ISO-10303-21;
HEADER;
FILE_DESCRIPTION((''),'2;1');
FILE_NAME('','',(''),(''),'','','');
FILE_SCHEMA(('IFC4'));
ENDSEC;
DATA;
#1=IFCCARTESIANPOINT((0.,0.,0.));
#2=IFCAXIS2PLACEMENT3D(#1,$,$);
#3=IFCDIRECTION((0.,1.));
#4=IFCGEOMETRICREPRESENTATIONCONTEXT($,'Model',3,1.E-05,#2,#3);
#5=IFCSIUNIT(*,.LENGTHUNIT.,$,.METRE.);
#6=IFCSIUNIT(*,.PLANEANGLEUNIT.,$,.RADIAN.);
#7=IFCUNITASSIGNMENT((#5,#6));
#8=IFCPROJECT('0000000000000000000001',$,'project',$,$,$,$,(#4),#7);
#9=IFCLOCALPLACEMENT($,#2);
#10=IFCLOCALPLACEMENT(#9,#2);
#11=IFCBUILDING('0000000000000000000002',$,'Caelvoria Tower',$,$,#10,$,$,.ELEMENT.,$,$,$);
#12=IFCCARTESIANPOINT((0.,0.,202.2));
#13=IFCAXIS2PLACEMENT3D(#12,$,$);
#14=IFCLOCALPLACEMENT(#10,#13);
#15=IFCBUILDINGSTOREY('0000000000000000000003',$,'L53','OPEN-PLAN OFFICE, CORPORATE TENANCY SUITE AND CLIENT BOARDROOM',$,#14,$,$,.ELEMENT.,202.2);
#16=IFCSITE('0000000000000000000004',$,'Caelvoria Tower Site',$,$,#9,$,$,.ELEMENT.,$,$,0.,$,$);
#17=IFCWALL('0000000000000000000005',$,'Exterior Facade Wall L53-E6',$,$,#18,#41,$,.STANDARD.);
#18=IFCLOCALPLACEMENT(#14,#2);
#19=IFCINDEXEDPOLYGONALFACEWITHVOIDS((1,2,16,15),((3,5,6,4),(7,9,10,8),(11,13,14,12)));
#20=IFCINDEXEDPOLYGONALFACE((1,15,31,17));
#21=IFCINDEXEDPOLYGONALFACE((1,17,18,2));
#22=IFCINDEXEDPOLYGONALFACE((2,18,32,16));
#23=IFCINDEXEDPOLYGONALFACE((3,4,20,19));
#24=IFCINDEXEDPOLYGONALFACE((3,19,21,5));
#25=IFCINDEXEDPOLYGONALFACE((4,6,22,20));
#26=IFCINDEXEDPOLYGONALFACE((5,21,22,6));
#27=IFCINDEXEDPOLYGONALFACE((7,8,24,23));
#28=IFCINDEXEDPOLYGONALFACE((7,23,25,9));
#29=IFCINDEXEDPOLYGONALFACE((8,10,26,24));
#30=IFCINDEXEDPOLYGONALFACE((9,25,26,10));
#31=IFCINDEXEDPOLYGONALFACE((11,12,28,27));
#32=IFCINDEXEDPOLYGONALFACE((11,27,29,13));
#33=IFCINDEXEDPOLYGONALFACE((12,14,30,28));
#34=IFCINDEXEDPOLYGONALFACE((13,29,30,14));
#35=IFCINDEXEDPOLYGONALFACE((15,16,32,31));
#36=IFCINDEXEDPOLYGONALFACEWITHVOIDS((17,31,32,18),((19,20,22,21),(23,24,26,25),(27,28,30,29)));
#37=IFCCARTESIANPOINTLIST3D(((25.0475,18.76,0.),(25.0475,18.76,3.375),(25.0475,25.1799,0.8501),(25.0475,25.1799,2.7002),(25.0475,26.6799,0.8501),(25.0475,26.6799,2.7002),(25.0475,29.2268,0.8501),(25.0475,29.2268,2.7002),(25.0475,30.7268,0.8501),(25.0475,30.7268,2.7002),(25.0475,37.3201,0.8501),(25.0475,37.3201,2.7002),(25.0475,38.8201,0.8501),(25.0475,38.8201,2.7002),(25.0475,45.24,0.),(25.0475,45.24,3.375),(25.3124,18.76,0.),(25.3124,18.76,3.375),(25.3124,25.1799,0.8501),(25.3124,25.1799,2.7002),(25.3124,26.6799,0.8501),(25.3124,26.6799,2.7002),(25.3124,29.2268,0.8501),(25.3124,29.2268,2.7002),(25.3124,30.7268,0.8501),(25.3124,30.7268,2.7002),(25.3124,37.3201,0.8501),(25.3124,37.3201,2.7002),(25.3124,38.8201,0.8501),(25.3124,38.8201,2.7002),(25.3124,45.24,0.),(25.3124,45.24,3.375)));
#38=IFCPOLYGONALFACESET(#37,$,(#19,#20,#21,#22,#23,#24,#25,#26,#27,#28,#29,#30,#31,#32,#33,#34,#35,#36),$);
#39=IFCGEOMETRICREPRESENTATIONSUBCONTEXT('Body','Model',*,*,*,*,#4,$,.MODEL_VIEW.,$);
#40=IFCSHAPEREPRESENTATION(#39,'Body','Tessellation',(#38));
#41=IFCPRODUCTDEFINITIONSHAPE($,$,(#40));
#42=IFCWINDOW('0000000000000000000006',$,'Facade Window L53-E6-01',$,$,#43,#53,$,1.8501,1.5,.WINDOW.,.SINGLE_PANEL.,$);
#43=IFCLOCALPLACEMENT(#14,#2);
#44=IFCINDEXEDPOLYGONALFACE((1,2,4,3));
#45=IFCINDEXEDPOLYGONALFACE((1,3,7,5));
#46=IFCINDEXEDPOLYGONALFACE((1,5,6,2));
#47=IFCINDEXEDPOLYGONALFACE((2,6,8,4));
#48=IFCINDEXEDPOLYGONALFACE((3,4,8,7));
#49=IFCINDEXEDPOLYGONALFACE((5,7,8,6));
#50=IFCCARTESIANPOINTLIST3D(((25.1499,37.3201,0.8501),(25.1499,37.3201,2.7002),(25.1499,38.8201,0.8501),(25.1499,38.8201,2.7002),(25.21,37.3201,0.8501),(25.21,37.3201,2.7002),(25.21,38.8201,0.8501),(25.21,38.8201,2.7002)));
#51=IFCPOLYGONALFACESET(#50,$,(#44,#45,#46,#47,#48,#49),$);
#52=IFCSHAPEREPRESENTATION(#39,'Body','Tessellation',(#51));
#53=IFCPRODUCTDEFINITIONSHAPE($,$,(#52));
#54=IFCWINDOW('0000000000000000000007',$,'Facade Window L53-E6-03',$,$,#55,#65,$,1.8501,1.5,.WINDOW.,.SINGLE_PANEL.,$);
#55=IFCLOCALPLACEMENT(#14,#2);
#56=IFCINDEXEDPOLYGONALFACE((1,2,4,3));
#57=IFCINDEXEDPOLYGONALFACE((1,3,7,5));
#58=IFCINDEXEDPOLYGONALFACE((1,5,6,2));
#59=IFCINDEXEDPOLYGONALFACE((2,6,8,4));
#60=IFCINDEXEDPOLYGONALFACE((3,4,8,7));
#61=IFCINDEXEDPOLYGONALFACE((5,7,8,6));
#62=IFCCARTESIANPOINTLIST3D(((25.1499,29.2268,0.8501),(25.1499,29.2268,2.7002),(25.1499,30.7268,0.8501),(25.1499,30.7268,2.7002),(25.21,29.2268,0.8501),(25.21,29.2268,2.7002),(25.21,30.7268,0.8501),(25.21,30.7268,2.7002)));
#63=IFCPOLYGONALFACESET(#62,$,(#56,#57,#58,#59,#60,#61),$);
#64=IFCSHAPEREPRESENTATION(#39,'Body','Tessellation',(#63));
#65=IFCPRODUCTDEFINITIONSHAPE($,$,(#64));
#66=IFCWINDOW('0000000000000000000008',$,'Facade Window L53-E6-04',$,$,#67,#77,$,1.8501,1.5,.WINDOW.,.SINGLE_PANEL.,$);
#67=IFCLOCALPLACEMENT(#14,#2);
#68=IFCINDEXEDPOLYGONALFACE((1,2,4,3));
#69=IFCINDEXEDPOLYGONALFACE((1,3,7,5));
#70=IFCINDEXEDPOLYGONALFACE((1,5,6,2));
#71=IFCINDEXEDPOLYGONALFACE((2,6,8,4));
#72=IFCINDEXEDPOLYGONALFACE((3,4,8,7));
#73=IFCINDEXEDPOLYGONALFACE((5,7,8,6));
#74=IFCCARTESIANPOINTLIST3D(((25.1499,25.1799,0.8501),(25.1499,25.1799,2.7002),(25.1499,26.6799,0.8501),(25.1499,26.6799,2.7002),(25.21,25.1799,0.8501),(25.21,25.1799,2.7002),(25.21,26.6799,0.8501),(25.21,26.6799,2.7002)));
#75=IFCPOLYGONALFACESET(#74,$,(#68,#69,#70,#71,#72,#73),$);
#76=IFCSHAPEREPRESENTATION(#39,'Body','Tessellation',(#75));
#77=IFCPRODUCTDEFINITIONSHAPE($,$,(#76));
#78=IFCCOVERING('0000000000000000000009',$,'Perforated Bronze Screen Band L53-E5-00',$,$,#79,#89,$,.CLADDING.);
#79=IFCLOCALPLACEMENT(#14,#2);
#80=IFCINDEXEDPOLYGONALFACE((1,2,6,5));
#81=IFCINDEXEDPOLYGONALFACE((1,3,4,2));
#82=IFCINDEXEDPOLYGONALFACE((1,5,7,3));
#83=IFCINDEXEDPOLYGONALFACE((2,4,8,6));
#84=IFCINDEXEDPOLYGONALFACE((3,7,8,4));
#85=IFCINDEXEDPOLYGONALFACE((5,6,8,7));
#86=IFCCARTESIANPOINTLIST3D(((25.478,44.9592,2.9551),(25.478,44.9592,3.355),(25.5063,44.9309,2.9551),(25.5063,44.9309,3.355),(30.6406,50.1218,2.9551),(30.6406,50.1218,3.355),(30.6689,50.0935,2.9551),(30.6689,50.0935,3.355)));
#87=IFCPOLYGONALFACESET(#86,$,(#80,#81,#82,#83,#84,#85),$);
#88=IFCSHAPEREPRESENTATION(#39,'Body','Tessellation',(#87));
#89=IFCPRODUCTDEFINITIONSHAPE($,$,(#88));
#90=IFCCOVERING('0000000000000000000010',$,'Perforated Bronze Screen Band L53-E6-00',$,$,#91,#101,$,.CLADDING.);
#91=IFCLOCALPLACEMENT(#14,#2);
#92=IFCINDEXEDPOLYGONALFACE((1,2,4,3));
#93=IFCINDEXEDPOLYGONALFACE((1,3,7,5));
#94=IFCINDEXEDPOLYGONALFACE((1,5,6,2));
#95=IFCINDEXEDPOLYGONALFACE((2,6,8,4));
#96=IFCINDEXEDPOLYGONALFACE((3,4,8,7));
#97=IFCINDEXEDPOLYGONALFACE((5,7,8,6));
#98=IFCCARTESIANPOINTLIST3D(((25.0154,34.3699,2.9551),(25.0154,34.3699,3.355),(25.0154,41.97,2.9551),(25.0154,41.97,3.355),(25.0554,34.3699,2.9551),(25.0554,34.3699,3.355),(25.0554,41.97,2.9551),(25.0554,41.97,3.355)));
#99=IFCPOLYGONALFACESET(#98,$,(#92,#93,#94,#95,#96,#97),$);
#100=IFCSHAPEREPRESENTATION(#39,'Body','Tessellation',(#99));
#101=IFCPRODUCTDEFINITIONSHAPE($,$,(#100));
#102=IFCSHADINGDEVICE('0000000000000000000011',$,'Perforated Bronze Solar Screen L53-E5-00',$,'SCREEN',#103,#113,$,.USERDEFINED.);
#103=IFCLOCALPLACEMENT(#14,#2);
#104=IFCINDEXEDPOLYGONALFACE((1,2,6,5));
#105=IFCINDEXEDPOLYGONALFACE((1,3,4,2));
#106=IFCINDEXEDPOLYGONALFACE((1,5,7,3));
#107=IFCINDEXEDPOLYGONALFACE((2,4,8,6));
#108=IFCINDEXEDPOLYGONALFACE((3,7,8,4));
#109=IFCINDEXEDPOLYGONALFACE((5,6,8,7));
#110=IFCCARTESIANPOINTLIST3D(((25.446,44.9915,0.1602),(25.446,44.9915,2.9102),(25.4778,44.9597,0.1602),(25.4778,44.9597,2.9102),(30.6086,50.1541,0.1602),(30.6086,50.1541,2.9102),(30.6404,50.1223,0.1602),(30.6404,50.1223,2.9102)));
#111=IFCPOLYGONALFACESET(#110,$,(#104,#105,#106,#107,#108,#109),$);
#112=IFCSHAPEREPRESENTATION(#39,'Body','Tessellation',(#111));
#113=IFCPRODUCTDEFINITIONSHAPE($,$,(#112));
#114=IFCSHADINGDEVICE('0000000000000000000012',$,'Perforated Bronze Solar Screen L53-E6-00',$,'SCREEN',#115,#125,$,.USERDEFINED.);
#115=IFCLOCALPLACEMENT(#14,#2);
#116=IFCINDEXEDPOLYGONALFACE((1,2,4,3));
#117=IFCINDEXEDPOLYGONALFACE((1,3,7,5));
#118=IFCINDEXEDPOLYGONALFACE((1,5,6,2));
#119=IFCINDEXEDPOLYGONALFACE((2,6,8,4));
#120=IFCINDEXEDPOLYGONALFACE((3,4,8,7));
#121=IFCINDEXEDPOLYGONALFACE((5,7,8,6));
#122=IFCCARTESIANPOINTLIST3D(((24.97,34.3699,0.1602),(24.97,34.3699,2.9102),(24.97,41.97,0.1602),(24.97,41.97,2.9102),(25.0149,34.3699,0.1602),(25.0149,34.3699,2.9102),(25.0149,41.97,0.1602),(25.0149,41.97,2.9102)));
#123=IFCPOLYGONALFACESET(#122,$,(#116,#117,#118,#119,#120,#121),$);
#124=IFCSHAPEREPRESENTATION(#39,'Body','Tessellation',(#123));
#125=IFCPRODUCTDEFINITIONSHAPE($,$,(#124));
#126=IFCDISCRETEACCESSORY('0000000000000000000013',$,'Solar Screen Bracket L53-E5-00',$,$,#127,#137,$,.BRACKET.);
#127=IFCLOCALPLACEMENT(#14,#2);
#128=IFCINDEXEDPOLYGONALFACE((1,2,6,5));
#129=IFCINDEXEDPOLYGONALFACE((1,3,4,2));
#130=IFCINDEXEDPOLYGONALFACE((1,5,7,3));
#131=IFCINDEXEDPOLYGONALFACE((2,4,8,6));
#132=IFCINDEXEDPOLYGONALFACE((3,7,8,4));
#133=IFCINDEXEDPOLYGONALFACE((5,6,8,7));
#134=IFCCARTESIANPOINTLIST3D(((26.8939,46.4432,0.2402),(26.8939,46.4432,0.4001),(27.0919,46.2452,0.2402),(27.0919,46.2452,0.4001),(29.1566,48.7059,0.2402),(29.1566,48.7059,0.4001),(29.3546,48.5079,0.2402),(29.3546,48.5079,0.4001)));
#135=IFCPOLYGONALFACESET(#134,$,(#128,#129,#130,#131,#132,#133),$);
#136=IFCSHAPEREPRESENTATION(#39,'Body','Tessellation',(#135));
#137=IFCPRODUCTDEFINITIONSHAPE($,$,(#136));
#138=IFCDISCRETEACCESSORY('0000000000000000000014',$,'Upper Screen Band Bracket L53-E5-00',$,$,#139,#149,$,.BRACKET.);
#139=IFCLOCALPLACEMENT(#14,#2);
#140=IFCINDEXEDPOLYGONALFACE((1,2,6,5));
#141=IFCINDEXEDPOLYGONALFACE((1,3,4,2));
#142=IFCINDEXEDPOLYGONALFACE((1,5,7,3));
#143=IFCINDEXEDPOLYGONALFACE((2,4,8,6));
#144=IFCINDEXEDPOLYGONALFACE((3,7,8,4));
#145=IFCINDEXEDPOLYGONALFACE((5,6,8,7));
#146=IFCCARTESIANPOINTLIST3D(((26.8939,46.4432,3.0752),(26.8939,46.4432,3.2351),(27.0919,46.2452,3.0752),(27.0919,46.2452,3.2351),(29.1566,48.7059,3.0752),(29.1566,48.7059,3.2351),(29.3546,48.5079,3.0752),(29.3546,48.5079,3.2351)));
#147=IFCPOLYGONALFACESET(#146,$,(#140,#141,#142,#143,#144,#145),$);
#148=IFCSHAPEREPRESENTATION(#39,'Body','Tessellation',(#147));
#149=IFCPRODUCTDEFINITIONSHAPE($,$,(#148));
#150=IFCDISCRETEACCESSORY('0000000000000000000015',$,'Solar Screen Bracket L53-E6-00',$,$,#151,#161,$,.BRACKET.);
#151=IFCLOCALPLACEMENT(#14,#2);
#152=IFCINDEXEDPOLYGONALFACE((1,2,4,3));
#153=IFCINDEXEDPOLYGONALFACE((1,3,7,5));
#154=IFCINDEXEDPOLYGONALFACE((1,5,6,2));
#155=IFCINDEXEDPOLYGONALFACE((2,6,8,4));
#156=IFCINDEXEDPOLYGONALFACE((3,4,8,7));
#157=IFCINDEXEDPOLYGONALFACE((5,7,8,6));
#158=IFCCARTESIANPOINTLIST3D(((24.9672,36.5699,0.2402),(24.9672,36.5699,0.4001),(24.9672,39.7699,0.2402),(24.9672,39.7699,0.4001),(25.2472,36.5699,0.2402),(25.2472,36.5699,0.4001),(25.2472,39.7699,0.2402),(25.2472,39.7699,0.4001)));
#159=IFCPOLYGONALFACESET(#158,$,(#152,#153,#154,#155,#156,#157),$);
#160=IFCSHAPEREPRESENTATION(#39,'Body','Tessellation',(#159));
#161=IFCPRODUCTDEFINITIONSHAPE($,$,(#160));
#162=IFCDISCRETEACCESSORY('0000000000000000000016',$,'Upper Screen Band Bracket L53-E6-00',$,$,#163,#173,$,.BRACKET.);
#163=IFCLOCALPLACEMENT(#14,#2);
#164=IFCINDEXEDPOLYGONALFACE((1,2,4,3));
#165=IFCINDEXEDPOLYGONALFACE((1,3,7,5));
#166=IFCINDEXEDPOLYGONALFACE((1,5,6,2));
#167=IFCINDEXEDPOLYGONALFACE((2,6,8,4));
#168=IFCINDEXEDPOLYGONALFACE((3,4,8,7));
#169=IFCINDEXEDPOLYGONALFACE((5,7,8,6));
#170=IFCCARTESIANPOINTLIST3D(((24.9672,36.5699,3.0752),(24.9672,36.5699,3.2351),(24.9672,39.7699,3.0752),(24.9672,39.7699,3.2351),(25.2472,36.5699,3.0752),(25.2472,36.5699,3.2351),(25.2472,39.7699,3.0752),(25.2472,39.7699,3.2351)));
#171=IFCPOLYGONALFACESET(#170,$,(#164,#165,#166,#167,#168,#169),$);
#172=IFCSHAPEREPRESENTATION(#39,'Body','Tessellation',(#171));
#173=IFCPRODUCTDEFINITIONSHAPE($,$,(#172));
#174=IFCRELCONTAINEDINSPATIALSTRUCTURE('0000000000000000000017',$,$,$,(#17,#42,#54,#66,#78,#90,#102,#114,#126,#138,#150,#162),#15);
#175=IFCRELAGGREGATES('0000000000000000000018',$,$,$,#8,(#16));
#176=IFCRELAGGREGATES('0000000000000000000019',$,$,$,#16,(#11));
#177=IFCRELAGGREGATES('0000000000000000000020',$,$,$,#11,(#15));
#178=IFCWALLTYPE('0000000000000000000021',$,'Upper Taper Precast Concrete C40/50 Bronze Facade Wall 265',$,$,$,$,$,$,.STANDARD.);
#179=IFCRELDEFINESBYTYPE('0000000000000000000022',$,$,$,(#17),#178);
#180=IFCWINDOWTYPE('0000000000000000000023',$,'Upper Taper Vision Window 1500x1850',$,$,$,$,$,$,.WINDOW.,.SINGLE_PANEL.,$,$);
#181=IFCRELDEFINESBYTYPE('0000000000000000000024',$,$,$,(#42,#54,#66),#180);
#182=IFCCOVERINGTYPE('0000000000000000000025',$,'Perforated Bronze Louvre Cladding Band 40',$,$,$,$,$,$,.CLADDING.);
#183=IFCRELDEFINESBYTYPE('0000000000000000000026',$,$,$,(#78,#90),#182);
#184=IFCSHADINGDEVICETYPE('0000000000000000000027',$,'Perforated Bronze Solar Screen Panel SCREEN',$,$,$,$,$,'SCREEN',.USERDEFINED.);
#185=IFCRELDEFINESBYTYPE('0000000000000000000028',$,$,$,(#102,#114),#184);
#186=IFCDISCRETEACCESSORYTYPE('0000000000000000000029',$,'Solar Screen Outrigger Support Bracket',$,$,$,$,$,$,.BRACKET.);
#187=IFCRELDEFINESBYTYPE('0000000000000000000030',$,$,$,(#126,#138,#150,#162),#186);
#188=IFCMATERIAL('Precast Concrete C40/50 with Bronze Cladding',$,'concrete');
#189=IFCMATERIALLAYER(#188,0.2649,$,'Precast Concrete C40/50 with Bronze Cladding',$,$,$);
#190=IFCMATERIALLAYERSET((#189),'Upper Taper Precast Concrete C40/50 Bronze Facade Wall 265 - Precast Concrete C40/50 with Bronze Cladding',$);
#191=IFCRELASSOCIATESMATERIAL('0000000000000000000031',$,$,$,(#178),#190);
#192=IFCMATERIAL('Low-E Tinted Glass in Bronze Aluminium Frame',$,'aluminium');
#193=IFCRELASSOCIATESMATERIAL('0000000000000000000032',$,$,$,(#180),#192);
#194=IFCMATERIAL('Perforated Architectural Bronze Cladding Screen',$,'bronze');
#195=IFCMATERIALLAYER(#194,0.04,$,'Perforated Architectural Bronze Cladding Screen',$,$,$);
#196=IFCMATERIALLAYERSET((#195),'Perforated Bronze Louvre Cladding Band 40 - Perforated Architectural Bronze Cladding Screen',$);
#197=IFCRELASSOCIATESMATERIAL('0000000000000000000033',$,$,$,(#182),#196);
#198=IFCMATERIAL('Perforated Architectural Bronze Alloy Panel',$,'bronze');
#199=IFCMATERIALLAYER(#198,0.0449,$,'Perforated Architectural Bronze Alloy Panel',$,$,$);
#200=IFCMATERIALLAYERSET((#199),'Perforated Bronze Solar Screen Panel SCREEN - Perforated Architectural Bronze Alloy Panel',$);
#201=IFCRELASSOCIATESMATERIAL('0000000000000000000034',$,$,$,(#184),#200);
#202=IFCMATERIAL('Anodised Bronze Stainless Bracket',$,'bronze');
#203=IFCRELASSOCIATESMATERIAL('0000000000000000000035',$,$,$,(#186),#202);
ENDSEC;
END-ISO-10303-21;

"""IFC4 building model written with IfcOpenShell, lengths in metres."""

from ifc_helpers import new_model, si_unit, direction, frame, frame_2d, origin, origin_2d, place, context, subcontext, project, spatial, rectangle, extrude, material, layer, layer_set, type_object, element, fill, save


model = new_model("IFC4")

# Units and contexts
model_context = context("Model", 3, precision=1e-05, world=origin(), true_north=direction((0.0, 1.0)))
body_context = subcontext(model_context, "Body", "Model", "MODEL_VIEW")
ifc_project = project(units=[si_unit("LENGTHUNIT", "METRE"), si_unit("PLANEANGLEUNIT", "RADIAN")], contexts=[model_context])

# Site, building, storey
site_placement = place(None, origin())
site = spatial("IfcSite", under=ifc_project, at=site_placement, Name="Caelvoria Tower Site", CompositionType="ELEMENT", RefElevation=0.0)
building_placement = place(site_placement, origin())
building = spatial("IfcBuilding", under=site, at=building_placement, Name="Caelvoria Tower", CompositionType="ELEMENT")
storey_placement = place(building_placement, frame((0.0, 0.0, 202.2)))
storey = spatial("IfcBuildingStorey", under=building, at=storey_placement, Name="L53", Description="OPEN-PLAN OFFICE, CORPORATE TENANCY SUITE AND CLIENT BOARDROOM", CompositionType="ELEMENT", Elevation=202.2)

# Shared definitions
ifc_material_1 = material(Name="Precast Concrete C40/50 with Bronze Cladding", Category="concrete")
ifc_layer_1 = layer(ifc_material_1, 0.2649, Name="Precast Concrete C40/50 with Bronze Cladding")
ifc_layer_set_1 = layer_set([ifc_layer_1], Name="Upper Taper Precast Concrete C40/50 Bronze Facade Wall 265 - Precast Concrete C40/50 with Bronze Cladding")
wall_type_1 = type_object("IfcWallType", Name="Upper Taper Precast Concrete C40/50 Bronze Facade Wall 265", PredefinedType="STANDARD", material=ifc_layer_set_1)

# Wall, openings, windows
wall_1_placement = place(storey_placement, frame((25.1799, 45.24, 0.0), z_axis=(0.0, 0.0, 1.0), x_axis=(0.0, -1.0, 0.0)))
wall_1 = element("IfcWall", 1, at=wall_1_placement, inside=storey, type_object=wall_type_1, Name="Exterior Facade Wall L53-E6", PredefinedType="STANDARD", context=body_context, shape_type="SweptSolid", body=[
    extrude(rectangle(XDim=26.48, YDim=0.2649, at=frame_2d((13.24, 0.0))), origin(), (0.0, 0.0, 1.0), 3.375),
])
opening_1_placement = place(wall_1_placement, frame((6.4199, 0.0, 0.8501)))
opening_1 = element("IfcOpeningElement", 2, at=opening_1_placement, cuts=wall_1, PredefinedType="OPENING", context=body_context, shape_type="SweptSolid", body=[
    extrude(rectangle(XDim=1.5, YDim=1.8501, at=frame_2d((0.75, 0.925))), frame((0.0, 0.1423, 0.0), z_axis=(0.0, -1.0, 0.0), x_axis=(1.0, 0.0, 0.0)), (0.0, 0.0, 1.0), 0.2849),
])
opening_2_placement = place(wall_1_placement, frame((14.5132, 0.0, 0.8501)))
opening_2 = element("IfcOpeningElement", 3, at=opening_2_placement, cuts=wall_1, PredefinedType="OPENING", context=body_context, shape_type="SweptSolid", body=[
    extrude(rectangle(XDim=1.5, YDim=1.8501, at=frame_2d((0.75, 0.925))), frame((0.0, 0.1423, 0.0), z_axis=(0.0, -1.0, 0.0), x_axis=(1.0, 0.0, 0.0)), (0.0, 0.0, 1.0), 0.2849),
])
opening_3_placement = place(wall_1_placement, frame((18.5601, 0.0, 0.8501)))
opening_3 = element("IfcOpeningElement", 4, at=opening_3_placement, cuts=wall_1, PredefinedType="OPENING", context=body_context, shape_type="SweptSolid", body=[
    extrude(rectangle(XDim=1.5, YDim=1.8501, at=frame_2d((0.75, 0.925))), frame((0.0, 0.1423, 0.0), z_axis=(0.0, -1.0, 0.0), x_axis=(1.0, 0.0, 0.0)), (0.0, 0.0, 1.0), 0.2849),
])
ifc_material_2 = material(Name="Low-E Tinted Glass in Bronze Aluminium Frame", Category="aluminium")
window_type = type_object("IfcWindowType", Name="Upper Taper Vision Window 1500x1850", PartitioningType="SINGLE_PANEL", PredefinedType="WINDOW", material=ifc_material_2)
window_1_placement = place(opening_1_placement, origin())
window_1 = element("IfcWindow", 5, at=window_1_placement, inside=storey, type_object=window_type, Name="Facade Window L53-E6-01", OverallHeight=1.8501, OverallWidth=1.5, PartitioningType="SINGLE_PANEL", PredefinedType="WINDOW", context=body_context, shape_type="SweptSolid", body=[
    extrude(rectangle(XDim=1.5, YDim=1.8501, at=frame_2d((0.75, 0.925))), frame((0.0, 0.03, 0.0), z_axis=(0.0, -1.0, 0.0), x_axis=(1.0, 0.0, 0.0)), (0.0, 0.0, 1.0), 0.0601),
])
fill(opening_1, window_1)
window_2_placement = place(opening_2_placement, origin())
window_2 = element("IfcWindow", 6, at=window_2_placement, inside=storey, type_object=window_type, Name="Facade Window L53-E6-03", OverallHeight=1.8501, OverallWidth=1.5, PartitioningType="SINGLE_PANEL", PredefinedType="WINDOW", context=body_context, shape_type="SweptSolid", body=[
    extrude(rectangle(XDim=1.5, YDim=1.8501, at=frame_2d((0.75, 0.925))), frame((0.0, 0.03, 0.0), z_axis=(0.0, -1.0, 0.0), x_axis=(1.0, 0.0, 0.0)), (0.0, 0.0, 1.0), 0.0601),
])
fill(opening_2, window_2)
window_3_placement = place(opening_3_placement, origin())
window_3 = element("IfcWindow", 7, at=window_3_placement, inside=storey, type_object=window_type, Name="Facade Window L53-E6-04", OverallHeight=1.8501, OverallWidth=1.5, PartitioningType="SINGLE_PANEL", PredefinedType="WINDOW", context=body_context, shape_type="SweptSolid", body=[
    extrude(rectangle(XDim=1.5, YDim=1.8501, at=frame_2d((0.75, 0.925))), frame((0.0, 0.03, 0.0), z_axis=(0.0, -1.0, 0.0), x_axis=(1.0, 0.0, 0.0)), (0.0, 0.0, 1.0), 0.0601),
])
fill(opening_3, window_3)

# Coverings
ifc_material_3 = material(Name="Perforated Architectural Bronze Cladding Screen", Category="bronze")
ifc_layer_2 = layer(ifc_material_3, 0.04, Name="Perforated Architectural Bronze Cladding Screen")
ifc_layer_set_2 = layer_set([ifc_layer_2], Name="Perforated Bronze Louvre Cladding Band 40 - Perforated Architectural Bronze Cladding Screen")
covering_type = type_object("IfcCoveringType", Name="Perforated Bronze Louvre Cladding Band 40", PredefinedType="CLADDING", material=ifc_layer_set_2)
covering_1_placement = place(storey_placement, frame((28.0735, 47.5264, 2.9551), z_axis=(0.0, 0.0, 1.0), x_axis=(-0.707107, -0.707107, 0.0)))
element("IfcCovering", 8, at=covering_1_placement, inside=storey, type_object=covering_type, Name="Perforated Bronze Screen Band L53-E5-00", PredefinedType="CLADDING", context=body_context, shape_type="SweptSolid", body=[
    extrude(rectangle(XDim=7.301, YDim=0.04, at=origin_2d()), origin(), (0.0, 0.0, 1.0), 0.3999),
])
covering_2_placement = place(storey_placement, frame((25.0354, 38.1699, 2.9551), z_axis=(0.0, 0.0, 1.0), x_axis=(0.0, -1.0, 0.0)))
element("IfcCovering", 9, at=covering_2_placement, inside=storey, type_object=covering_type, Name="Perforated Bronze Screen Band L53-E6-00", PredefinedType="CLADDING", context=body_context, shape_type="SweptSolid", body=[
    extrude(rectangle(XDim=7.6001, YDim=0.04, at=origin_2d()), origin(), (0.0, 0.0, 1.0), 0.3999),
])

# Shading devices
ifc_material_4 = material(Name="Perforated Architectural Bronze Alloy Panel", Category="bronze")
ifc_layer_3 = layer(ifc_material_4, 0.0449, Name="Perforated Architectural Bronze Alloy Panel")
ifc_layer_set_3 = layer_set([ifc_layer_3], Name="Perforated Bronze Solar Screen Panel SCREEN - Perforated Architectural Bronze Alloy Panel")
shading_device_type = type_object("IfcShadingDeviceType", Name="Perforated Bronze Solar Screen Panel SCREEN", ElementType="SCREEN", PredefinedType="USERDEFINED", material=ifc_layer_set_3)
shading_device_1_placement = place(storey_placement, frame((28.0432, 47.5569, 0.1602), z_axis=(0.0, 0.0, 1.0), x_axis=(-0.707107, -0.707107, 0.0)))
element("IfcShadingDevice", 10, at=shading_device_1_placement, inside=storey, type_object=shading_device_type, Name="Perforated Bronze Solar Screen L53-E5-00", ObjectType="SCREEN", PredefinedType="USERDEFINED", context=body_context, shape_type="SweptSolid", body=[
    extrude(rectangle(XDim=7.301, YDim=0.0449, at=origin_2d()), origin(), (0.0, 0.0, 1.0), 2.75),
])
shading_device_2_placement = place(storey_placement, frame((24.9924, 38.1699, 0.1602), z_axis=(0.0, 0.0, 1.0), x_axis=(0.0, -1.0, 0.0)))
element("IfcShadingDevice", 11, at=shading_device_2_placement, inside=storey, type_object=shading_device_type, Name="Perforated Bronze Solar Screen L53-E6-00", ObjectType="SCREEN", PredefinedType="USERDEFINED", context=body_context, shape_type="SweptSolid", body=[
    extrude(rectangle(XDim=7.6001, YDim=0.0449, at=origin_2d()), origin(), (0.0, 0.0, 1.0), 2.75),
])

# Discrete accessories
ifc_material_5 = material(Name="Anodised Bronze Stainless Bracket", Category="bronze")
discrete_accessory_type = type_object("IfcDiscreteAccessoryType", Name="Solar Screen Outrigger Support Bracket", PredefinedType="BRACKET", material=ifc_material_5)
for number, where, z_axis, x_axis, name in (
    (12, (28.1243, 47.4756, 0.2402), (0.0, 0.0, 1.0), (-0.707107, -0.707107, 0.0), "Solar Screen Bracket L53-E5-00"),
    (13, (28.1243, 47.4756, 3.0752), (0.0, 0.0, 1.0), (-0.707107, -0.707107, 0.0), "Upper Screen Band Bracket L53-E5-00"),
    (14, (25.1072, 38.1699, 0.2402), (0.0, 0.0, 1.0), (0.0, -1.0, 0.0), "Solar Screen Bracket L53-E6-00"),
    (15, (25.1072, 38.1699, 3.0752), (0.0, 0.0, 1.0), (0.0, -1.0, 0.0), "Upper Screen Band Bracket L53-E6-00"),
):
    element("IfcDiscreteAccessory", number, at=place(storey_placement, frame(where, z_axis=z_axis, x_axis=x_axis)), inside=storey, type_object=discrete_accessory_type, Name=name, PredefinedType="BRACKET", context=body_context, shape_type="SweptSolid", body=[
        extrude(rectangle(XDim=3.2, YDim=0.28, at=origin_2d()), origin(), (0.0, 0.0, 1.0), 0.1599),
    ])

save(model, "model.ifc")
